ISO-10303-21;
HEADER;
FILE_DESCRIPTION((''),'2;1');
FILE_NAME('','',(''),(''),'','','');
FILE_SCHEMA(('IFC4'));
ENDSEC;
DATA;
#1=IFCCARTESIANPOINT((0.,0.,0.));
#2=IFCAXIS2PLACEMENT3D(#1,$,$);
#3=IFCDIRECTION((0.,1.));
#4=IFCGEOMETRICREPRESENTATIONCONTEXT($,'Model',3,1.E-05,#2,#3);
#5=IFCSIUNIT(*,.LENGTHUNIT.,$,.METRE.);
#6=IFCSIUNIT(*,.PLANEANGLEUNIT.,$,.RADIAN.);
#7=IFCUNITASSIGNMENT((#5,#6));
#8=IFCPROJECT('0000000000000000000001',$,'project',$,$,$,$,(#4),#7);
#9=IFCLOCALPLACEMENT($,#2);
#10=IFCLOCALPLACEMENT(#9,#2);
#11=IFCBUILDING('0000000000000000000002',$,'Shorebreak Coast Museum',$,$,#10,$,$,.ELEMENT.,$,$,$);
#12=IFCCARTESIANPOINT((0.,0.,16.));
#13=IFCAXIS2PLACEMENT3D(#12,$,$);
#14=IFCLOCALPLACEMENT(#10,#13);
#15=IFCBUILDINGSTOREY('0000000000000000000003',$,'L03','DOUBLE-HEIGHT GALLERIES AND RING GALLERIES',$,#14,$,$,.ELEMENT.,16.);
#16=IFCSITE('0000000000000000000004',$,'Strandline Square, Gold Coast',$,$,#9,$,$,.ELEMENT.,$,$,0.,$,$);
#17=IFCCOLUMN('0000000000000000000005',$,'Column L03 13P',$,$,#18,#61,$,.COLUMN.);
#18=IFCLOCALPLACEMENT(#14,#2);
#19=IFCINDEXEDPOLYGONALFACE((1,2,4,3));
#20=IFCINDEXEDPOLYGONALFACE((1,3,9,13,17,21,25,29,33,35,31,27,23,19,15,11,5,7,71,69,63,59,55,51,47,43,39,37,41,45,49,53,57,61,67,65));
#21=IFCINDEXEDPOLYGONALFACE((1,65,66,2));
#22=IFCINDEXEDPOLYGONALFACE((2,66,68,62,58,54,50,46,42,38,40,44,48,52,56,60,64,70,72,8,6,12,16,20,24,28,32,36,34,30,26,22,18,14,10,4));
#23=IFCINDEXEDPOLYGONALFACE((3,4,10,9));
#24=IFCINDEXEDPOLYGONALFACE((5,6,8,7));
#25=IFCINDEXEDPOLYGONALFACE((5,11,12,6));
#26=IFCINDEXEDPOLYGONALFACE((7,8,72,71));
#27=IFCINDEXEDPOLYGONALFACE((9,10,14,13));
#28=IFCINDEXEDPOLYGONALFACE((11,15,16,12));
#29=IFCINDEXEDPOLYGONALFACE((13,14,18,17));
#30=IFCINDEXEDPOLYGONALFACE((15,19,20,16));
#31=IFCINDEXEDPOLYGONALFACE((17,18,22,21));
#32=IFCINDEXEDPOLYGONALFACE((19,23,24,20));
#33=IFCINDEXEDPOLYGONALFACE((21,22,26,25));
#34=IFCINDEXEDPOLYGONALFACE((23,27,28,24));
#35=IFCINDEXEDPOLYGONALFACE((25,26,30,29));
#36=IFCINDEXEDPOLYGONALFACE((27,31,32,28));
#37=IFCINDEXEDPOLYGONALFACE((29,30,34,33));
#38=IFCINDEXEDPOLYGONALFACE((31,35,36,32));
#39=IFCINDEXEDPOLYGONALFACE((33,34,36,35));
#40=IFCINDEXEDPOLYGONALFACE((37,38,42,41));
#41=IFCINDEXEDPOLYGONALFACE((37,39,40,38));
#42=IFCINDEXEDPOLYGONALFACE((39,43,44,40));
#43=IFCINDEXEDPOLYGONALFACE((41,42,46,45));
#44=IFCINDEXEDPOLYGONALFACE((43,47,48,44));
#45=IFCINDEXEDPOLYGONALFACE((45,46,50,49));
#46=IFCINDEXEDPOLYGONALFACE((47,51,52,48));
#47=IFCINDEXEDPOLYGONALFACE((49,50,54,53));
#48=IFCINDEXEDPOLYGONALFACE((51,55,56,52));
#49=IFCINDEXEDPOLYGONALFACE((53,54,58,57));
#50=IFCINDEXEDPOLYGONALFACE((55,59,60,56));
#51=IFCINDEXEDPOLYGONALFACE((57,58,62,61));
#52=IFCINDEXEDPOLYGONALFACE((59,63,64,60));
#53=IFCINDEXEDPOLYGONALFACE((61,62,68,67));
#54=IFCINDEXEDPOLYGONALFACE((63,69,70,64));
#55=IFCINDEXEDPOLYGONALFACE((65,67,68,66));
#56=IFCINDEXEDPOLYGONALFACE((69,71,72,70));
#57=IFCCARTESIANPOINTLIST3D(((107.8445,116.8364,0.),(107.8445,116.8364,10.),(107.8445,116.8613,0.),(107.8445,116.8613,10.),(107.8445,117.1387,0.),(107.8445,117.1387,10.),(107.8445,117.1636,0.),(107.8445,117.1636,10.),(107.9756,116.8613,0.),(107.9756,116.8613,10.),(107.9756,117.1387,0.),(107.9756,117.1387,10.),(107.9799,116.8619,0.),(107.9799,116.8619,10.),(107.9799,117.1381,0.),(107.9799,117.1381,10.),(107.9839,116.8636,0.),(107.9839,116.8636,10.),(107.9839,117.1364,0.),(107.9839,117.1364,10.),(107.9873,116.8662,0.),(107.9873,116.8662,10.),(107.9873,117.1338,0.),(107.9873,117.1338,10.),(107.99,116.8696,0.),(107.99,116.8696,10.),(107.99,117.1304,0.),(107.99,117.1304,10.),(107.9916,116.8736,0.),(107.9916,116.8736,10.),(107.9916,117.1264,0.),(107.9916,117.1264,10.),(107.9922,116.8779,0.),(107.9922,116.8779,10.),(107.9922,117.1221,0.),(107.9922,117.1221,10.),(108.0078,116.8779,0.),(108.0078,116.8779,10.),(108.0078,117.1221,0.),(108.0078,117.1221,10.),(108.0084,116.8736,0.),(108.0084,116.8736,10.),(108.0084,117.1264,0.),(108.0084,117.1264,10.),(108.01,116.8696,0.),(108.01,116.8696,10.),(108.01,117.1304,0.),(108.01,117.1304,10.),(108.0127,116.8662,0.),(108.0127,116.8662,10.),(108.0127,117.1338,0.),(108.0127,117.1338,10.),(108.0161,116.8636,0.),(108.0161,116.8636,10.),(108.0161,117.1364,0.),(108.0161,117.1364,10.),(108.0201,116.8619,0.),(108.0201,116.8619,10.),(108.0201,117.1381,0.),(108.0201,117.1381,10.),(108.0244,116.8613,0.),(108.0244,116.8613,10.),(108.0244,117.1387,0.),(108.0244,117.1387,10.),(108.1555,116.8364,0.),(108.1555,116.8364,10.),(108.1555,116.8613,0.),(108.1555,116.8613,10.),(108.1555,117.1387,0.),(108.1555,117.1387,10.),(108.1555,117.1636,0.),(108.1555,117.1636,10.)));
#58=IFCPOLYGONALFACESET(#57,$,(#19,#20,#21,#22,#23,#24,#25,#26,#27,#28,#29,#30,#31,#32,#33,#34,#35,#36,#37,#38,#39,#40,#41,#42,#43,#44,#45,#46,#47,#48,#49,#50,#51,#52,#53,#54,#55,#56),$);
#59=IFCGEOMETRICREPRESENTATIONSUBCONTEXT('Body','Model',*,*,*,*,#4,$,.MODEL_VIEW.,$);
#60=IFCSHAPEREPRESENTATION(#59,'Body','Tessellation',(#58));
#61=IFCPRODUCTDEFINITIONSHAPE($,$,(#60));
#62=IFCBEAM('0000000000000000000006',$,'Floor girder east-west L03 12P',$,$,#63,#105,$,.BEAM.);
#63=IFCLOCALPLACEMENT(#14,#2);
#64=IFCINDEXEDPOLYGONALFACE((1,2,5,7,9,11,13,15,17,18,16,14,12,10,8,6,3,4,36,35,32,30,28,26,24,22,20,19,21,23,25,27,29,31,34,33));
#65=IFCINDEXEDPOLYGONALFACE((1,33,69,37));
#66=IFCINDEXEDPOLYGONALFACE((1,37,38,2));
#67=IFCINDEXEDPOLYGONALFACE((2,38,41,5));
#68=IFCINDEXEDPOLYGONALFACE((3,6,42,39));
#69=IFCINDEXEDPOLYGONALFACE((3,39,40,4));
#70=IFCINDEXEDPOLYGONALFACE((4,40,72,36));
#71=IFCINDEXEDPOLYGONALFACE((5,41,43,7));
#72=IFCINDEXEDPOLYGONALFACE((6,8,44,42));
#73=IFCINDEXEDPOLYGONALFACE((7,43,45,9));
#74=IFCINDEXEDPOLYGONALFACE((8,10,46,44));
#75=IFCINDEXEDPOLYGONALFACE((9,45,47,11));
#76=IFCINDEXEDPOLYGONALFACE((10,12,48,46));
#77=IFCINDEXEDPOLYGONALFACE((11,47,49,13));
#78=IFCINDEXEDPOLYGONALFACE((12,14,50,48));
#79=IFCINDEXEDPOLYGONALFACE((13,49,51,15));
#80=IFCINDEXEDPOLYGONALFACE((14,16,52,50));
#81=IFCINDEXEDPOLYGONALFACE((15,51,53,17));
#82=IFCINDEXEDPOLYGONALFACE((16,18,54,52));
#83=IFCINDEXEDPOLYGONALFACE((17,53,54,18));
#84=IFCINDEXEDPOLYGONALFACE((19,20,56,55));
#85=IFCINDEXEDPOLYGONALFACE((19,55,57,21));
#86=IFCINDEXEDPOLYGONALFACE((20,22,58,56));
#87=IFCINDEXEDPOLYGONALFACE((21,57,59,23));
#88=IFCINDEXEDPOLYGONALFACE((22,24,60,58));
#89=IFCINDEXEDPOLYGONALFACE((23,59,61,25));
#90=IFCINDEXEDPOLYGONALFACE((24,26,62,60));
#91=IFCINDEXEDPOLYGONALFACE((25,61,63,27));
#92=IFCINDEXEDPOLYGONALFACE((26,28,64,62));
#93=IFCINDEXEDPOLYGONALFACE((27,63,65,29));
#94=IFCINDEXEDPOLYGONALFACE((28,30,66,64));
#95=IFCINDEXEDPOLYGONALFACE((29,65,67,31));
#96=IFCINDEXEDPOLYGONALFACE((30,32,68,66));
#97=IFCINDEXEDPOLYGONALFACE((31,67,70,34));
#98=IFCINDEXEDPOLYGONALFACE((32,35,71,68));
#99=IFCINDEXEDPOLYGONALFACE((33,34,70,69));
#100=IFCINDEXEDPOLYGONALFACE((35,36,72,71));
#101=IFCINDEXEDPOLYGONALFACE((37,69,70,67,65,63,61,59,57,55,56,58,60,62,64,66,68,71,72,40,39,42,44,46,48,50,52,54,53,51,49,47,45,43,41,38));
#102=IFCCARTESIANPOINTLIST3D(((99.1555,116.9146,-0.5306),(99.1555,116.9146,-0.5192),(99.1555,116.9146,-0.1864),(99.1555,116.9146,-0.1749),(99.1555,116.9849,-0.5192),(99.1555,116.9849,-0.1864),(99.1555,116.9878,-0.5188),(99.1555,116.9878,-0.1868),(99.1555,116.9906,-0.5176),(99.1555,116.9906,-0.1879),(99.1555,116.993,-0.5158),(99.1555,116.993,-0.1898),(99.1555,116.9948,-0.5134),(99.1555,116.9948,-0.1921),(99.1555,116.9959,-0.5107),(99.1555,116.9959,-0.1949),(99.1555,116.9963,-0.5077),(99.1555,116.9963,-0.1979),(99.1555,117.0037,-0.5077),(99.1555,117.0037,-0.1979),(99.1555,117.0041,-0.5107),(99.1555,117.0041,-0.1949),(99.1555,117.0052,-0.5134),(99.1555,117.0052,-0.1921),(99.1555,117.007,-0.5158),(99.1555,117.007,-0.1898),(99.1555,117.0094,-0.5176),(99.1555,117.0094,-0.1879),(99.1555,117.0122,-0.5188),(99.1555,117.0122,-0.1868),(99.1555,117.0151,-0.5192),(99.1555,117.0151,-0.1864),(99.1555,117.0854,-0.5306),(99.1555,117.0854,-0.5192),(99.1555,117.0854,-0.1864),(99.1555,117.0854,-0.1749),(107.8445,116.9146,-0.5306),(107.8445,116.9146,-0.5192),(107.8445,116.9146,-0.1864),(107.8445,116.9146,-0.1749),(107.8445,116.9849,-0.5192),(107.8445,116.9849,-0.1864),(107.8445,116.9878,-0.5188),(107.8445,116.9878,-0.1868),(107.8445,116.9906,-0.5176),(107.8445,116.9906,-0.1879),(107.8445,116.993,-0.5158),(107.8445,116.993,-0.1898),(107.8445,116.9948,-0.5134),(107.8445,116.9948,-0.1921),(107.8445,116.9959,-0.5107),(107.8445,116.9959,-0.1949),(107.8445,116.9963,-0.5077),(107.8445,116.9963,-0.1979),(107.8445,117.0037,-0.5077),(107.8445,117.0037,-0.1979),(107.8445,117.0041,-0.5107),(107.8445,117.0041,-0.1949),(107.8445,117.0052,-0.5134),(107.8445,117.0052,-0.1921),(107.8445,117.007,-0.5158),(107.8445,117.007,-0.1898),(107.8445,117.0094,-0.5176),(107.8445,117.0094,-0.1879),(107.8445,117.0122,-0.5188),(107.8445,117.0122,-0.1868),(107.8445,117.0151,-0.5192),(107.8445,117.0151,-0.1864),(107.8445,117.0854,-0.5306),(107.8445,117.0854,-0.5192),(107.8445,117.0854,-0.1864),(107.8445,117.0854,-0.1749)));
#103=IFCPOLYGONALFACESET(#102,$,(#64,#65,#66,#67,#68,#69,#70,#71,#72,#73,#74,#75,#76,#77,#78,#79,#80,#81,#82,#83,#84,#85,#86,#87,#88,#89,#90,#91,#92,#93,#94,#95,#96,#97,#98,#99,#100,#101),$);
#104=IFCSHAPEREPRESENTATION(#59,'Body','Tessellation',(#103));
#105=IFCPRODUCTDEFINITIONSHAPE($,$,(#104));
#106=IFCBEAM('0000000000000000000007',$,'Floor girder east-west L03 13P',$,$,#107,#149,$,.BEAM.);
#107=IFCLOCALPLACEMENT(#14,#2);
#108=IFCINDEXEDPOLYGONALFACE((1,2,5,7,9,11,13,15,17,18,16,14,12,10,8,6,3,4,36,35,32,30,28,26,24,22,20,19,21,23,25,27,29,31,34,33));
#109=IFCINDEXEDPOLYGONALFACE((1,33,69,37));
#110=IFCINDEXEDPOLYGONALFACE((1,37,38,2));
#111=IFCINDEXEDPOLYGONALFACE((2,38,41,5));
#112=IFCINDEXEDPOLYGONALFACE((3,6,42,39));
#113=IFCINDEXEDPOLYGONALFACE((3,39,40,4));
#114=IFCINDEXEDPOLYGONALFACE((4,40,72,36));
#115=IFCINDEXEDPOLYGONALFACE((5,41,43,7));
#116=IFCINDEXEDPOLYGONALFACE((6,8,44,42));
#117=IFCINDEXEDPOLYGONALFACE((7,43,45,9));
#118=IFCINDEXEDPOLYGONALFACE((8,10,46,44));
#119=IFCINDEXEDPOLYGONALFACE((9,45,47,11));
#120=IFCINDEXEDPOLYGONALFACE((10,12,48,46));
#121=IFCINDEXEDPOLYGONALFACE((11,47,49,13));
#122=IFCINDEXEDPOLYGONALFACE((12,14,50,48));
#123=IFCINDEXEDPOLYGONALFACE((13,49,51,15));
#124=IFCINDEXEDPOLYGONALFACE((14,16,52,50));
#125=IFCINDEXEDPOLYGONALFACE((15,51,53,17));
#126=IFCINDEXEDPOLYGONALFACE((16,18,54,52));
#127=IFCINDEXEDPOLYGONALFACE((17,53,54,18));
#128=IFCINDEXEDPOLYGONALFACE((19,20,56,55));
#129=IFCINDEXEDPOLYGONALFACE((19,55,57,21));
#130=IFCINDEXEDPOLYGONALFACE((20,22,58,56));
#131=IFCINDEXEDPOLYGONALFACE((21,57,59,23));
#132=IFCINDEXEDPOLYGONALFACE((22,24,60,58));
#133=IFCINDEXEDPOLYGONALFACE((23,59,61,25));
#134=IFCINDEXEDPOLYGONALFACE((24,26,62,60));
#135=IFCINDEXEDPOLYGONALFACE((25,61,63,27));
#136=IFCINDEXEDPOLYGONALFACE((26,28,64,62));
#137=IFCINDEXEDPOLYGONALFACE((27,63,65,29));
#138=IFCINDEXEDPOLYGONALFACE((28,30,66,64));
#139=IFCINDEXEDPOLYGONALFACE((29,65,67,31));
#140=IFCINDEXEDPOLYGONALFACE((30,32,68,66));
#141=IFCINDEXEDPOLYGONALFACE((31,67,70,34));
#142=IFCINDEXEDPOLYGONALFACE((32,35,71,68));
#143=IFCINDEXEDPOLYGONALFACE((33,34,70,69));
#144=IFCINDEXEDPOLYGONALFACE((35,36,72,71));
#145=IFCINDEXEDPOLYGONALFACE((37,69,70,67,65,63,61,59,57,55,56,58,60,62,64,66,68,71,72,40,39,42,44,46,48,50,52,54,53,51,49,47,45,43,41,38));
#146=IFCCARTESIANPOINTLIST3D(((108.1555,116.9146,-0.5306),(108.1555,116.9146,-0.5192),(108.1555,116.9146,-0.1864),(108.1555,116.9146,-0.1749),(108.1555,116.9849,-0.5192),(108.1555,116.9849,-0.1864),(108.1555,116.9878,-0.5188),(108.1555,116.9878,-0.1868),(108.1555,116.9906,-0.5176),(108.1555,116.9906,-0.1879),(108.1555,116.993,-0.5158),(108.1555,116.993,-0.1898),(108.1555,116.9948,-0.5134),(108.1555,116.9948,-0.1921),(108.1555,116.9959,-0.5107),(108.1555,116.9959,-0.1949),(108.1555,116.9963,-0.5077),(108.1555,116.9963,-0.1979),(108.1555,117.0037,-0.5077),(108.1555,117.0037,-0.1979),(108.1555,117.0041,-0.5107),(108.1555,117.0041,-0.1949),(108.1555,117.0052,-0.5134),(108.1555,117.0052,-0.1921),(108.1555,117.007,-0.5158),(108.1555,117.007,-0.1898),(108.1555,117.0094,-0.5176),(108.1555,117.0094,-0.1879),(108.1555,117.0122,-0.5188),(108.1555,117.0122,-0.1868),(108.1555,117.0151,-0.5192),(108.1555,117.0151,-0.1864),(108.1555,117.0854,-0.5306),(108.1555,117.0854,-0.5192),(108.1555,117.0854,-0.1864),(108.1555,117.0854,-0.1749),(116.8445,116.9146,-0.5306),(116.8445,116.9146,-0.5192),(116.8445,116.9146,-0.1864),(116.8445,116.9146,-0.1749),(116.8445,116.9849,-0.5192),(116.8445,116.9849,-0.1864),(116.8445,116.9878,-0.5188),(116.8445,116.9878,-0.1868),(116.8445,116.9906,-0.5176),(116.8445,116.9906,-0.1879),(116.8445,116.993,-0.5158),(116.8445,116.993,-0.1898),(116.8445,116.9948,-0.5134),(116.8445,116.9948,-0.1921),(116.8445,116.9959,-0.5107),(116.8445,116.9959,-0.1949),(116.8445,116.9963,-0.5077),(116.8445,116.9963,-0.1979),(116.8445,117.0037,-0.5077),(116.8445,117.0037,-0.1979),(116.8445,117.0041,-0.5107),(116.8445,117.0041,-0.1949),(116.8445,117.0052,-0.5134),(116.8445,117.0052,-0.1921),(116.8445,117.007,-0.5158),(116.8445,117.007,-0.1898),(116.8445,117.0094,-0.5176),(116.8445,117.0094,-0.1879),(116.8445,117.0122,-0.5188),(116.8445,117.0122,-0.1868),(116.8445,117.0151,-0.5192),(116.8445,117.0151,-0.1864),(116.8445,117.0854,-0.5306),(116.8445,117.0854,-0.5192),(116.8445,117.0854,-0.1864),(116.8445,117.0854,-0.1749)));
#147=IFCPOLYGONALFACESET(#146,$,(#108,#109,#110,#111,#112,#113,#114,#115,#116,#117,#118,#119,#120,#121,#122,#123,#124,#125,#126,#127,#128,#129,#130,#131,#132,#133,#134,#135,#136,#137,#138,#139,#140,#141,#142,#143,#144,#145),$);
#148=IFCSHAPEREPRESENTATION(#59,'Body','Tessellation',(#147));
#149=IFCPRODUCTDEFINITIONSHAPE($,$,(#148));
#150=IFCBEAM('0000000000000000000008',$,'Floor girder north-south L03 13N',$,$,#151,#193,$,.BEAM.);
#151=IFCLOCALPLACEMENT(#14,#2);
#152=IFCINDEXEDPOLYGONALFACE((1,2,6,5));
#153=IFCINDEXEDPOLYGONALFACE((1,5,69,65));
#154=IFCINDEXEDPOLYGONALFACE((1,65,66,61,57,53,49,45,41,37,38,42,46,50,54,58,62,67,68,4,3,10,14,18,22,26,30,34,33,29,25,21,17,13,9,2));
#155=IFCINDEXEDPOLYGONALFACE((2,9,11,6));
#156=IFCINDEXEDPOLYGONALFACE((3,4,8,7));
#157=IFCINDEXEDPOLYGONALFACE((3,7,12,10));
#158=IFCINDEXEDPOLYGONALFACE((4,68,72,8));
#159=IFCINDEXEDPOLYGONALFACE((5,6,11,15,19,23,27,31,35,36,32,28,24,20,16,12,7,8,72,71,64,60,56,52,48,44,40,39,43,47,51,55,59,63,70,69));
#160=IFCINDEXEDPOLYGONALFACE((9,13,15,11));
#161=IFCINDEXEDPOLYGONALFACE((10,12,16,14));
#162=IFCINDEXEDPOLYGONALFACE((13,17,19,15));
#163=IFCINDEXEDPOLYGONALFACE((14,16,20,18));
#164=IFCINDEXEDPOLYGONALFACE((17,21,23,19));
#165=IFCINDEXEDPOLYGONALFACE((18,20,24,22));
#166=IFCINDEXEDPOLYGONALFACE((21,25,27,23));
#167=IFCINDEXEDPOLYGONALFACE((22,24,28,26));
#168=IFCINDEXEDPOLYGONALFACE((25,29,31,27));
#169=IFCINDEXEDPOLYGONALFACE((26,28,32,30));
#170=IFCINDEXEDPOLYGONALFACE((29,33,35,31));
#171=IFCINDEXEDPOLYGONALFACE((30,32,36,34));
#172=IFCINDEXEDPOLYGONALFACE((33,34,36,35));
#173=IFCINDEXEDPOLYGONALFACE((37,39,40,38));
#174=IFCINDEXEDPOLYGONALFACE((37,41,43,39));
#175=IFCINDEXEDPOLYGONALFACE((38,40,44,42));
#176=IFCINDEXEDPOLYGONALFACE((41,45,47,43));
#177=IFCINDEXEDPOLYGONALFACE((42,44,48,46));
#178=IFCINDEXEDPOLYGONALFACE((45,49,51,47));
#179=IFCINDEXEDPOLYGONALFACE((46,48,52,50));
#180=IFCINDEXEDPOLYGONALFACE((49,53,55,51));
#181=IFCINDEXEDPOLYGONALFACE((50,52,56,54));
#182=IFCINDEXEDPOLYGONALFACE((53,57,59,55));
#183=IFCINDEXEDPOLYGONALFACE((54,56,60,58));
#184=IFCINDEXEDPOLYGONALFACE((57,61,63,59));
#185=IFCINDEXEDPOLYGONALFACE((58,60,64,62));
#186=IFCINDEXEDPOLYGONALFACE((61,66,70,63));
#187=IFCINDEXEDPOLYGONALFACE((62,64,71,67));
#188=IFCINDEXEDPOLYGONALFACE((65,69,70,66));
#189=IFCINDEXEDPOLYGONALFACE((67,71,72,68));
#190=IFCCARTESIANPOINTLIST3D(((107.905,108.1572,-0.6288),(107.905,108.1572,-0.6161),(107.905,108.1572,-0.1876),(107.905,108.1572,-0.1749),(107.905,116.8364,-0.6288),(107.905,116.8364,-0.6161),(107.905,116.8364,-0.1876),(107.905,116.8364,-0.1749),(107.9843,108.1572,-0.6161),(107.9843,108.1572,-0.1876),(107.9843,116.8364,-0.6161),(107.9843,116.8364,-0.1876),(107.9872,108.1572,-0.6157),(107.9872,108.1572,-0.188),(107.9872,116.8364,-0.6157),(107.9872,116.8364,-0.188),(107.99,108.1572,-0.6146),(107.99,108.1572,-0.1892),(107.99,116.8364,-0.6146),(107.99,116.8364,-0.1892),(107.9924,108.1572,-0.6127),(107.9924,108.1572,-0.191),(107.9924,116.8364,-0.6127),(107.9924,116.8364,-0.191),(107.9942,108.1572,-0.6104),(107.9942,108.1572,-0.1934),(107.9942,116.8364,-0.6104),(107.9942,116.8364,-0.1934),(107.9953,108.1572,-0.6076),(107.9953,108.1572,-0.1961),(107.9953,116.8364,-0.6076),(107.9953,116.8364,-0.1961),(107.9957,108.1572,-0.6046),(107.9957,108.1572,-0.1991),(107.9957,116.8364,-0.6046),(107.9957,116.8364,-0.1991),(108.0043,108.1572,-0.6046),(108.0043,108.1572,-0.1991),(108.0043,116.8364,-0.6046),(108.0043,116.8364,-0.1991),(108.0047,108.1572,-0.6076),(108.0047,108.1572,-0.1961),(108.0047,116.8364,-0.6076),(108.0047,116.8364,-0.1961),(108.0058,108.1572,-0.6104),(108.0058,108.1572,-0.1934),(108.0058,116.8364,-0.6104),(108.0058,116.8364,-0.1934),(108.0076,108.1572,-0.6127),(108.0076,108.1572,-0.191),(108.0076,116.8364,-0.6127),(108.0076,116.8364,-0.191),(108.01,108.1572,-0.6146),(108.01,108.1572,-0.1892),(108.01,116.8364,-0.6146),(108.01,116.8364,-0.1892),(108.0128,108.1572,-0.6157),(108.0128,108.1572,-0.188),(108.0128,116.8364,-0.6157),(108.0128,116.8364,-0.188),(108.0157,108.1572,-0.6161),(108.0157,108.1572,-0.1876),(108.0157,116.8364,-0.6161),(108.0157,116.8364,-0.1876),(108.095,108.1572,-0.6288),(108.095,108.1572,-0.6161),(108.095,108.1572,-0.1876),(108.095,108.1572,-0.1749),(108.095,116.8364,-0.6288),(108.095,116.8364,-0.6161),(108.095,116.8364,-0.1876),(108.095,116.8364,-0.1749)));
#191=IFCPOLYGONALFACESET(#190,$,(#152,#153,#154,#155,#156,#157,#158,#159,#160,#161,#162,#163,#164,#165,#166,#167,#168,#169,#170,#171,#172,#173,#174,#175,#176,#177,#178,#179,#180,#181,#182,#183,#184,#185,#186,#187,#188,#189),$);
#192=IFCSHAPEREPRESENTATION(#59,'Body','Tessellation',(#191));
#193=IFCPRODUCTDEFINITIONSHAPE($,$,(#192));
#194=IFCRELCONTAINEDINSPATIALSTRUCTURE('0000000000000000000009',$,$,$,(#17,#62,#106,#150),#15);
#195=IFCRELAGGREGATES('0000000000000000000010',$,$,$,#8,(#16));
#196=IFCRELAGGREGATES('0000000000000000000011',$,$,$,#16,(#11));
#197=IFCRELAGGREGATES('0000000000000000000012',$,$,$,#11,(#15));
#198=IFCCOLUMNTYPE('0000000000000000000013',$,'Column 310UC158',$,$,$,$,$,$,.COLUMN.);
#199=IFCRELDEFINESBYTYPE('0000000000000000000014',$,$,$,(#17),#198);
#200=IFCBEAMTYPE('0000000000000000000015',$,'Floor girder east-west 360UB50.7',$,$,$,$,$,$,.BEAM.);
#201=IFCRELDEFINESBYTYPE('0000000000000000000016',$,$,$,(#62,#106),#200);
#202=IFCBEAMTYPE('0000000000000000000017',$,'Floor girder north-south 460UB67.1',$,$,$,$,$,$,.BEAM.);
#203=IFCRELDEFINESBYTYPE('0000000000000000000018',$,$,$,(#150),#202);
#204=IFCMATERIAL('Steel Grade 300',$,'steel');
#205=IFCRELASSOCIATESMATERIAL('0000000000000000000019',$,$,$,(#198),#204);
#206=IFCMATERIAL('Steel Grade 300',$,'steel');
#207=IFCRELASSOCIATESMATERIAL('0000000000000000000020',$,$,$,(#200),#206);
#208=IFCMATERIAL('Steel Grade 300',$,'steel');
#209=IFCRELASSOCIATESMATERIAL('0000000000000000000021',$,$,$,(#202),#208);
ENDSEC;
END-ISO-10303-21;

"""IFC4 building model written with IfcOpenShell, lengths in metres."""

from ifc_helpers import new_model, si_unit, direction, frame, origin, origin_2d, place, context, subcontext, project, spatial, i_section, extrude, material, material_profile, profile_set, type_object, element, save


model = new_model("IFC4")

# Units and contexts
model_context = context("Model", 3, precision=1e-05, world=origin(), true_north=direction((0.0, 1.0)))
body_context = subcontext(model_context, "Body", "Model", "MODEL_VIEW")
ifc_project = project(units=[si_unit("LENGTHUNIT", "METRE"), si_unit("PLANEANGLEUNIT", "RADIAN")], contexts=[model_context])

# Site, building, storey
site_placement = place(None, origin())
site = spatial("IfcSite", under=ifc_project, at=site_placement, Name="Strandline Square, Gold Coast", CompositionType="ELEMENT", RefElevation=0.0)
building_placement = place(site_placement, origin())
building = spatial("IfcBuilding", under=site, at=building_placement, Name="Shorebreak Coast Museum", CompositionType="ELEMENT")
storey_placement = place(building_placement, frame((0.0, 0.0, 16.0)))
storey = spatial("IfcBuildingStorey", under=building, at=storey_placement, Name="L03", Description="DOUBLE-HEIGHT GALLERIES AND RING GALLERIES", CompositionType="ELEMENT", Elevation=16.0)

# Column
ifc_material_1 = material(Name="Steel Grade 300", Category="steel")
ifc_material_profile_1 = material_profile(ifc_material_1, i_section(OverallWidth=0.311, OverallDepth=0.3271, WebThickness=0.0156, FlangeThickness=0.0249, FilletRadius=0.0166, at=origin_2d()), Name="310UC158")
ifc_profile_set_1 = profile_set([ifc_material_profile_1], Name="Steel Grade 300")
column_type = type_object("IfcColumnType", Name="Column 310UC158", PredefinedType="COLUMN", material=ifc_profile_set_1)
column_placement = place(storey_placement, frame((108.0, 117.0, 0.0), z_axis=(0.0, 0.0, 1.0), x_axis=(1.0, 0.0, 0.0)))
element("IfcColumn", 1, at=column_placement, inside=storey, type_object=column_type, Name="Column L03 13P", PredefinedType="COLUMN", context=body_context, shape_type="SweptSolid", body=[
    extrude(i_section(OverallWidth=0.311, OverallDepth=0.3271, WebThickness=0.0156, FlangeThickness=0.0249, FilletRadius=0.0166, at=origin_2d()), origin(), (0.0, 0.0, 1.0), 10.0),
])

# Beams
ifc_material_2 = material(Name="Steel Grade 300", Category="steel")
ifc_material_profile_2 = material_profile(ifc_material_2, i_section(OverallWidth=0.1709, OverallDepth=0.3557, WebThickness=0.0073, FlangeThickness=0.0115, FilletRadius=0.0115, at=origin_2d()), Name="360UB50.7")
ifc_profile_set_2 = profile_set([ifc_material_profile_2], Name="Steel Grade 300")
beam_type_1 = type_object("IfcBeamType", Name="Floor girder east-west 360UB50.7", PredefinedType="BEAM", material=ifc_profile_set_2)
for number, where, z_axis, x_axis, name in (
    (2, (99.1555, 117.0, -0.3528), (1.0, 0.0, 0.0), (0.0, 1.0, 0.0), "Floor girder east-west L03 12P"),
    (3, (108.1555, 117.0, -0.3528), (1.0, 0.0, 0.0), (0.0, 1.0, 0.0), "Floor girder east-west L03 13P"),
):
    element("IfcBeam", number, at=place(storey_placement, frame(where, z_axis=z_axis, x_axis=x_axis)), inside=storey, type_object=beam_type_1, Name=name, PredefinedType="BEAM", context=body_context, shape_type="SweptSolid", body=[
        extrude(i_section(OverallWidth=0.1709, OverallDepth=0.3557, WebThickness=0.0073, FlangeThickness=0.0115, FilletRadius=0.0115, at=origin_2d()), origin(), (0.0, 0.0, 1.0), 8.689),
    ])
ifc_material_3 = material(Name="Steel Grade 300", Category="steel")
ifc_material_profile_3 = material_profile(ifc_material_3, i_section(OverallWidth=0.1899, OverallDepth=0.4539, WebThickness=0.0085, FlangeThickness=0.0127, FilletRadius=0.0115, at=origin_2d()), Name="460UB67.1")
ifc_profile_set_3 = profile_set([ifc_material_profile_3], Name="Steel Grade 300")
beam_type_2 = type_object("IfcBeamType", Name="Floor girder north-south 460UB67.1", PredefinedType="BEAM", material=ifc_profile_set_3)
beam_placement = place(storey_placement, frame((108.0, 108.1572, -0.4019), z_axis=(0.0, 1.0, 0.0), x_axis=(-1.0, 0.0, 0.0)))
element("IfcBeam", 4, at=beam_placement, inside=storey, type_object=beam_type_2, Name="Floor girder north-south L03 13N", PredefinedType="BEAM", context=body_context, shape_type="SweptSolid", body=[
    extrude(i_section(OverallWidth=0.1899, OverallDepth=0.4539, WebThickness=0.0085, FlangeThickness=0.0127, FilletRadius=0.0115, at=origin_2d()), origin(), (0.0, 0.0, 1.0), 8.6792),
])

save(model, "model.ifc")
